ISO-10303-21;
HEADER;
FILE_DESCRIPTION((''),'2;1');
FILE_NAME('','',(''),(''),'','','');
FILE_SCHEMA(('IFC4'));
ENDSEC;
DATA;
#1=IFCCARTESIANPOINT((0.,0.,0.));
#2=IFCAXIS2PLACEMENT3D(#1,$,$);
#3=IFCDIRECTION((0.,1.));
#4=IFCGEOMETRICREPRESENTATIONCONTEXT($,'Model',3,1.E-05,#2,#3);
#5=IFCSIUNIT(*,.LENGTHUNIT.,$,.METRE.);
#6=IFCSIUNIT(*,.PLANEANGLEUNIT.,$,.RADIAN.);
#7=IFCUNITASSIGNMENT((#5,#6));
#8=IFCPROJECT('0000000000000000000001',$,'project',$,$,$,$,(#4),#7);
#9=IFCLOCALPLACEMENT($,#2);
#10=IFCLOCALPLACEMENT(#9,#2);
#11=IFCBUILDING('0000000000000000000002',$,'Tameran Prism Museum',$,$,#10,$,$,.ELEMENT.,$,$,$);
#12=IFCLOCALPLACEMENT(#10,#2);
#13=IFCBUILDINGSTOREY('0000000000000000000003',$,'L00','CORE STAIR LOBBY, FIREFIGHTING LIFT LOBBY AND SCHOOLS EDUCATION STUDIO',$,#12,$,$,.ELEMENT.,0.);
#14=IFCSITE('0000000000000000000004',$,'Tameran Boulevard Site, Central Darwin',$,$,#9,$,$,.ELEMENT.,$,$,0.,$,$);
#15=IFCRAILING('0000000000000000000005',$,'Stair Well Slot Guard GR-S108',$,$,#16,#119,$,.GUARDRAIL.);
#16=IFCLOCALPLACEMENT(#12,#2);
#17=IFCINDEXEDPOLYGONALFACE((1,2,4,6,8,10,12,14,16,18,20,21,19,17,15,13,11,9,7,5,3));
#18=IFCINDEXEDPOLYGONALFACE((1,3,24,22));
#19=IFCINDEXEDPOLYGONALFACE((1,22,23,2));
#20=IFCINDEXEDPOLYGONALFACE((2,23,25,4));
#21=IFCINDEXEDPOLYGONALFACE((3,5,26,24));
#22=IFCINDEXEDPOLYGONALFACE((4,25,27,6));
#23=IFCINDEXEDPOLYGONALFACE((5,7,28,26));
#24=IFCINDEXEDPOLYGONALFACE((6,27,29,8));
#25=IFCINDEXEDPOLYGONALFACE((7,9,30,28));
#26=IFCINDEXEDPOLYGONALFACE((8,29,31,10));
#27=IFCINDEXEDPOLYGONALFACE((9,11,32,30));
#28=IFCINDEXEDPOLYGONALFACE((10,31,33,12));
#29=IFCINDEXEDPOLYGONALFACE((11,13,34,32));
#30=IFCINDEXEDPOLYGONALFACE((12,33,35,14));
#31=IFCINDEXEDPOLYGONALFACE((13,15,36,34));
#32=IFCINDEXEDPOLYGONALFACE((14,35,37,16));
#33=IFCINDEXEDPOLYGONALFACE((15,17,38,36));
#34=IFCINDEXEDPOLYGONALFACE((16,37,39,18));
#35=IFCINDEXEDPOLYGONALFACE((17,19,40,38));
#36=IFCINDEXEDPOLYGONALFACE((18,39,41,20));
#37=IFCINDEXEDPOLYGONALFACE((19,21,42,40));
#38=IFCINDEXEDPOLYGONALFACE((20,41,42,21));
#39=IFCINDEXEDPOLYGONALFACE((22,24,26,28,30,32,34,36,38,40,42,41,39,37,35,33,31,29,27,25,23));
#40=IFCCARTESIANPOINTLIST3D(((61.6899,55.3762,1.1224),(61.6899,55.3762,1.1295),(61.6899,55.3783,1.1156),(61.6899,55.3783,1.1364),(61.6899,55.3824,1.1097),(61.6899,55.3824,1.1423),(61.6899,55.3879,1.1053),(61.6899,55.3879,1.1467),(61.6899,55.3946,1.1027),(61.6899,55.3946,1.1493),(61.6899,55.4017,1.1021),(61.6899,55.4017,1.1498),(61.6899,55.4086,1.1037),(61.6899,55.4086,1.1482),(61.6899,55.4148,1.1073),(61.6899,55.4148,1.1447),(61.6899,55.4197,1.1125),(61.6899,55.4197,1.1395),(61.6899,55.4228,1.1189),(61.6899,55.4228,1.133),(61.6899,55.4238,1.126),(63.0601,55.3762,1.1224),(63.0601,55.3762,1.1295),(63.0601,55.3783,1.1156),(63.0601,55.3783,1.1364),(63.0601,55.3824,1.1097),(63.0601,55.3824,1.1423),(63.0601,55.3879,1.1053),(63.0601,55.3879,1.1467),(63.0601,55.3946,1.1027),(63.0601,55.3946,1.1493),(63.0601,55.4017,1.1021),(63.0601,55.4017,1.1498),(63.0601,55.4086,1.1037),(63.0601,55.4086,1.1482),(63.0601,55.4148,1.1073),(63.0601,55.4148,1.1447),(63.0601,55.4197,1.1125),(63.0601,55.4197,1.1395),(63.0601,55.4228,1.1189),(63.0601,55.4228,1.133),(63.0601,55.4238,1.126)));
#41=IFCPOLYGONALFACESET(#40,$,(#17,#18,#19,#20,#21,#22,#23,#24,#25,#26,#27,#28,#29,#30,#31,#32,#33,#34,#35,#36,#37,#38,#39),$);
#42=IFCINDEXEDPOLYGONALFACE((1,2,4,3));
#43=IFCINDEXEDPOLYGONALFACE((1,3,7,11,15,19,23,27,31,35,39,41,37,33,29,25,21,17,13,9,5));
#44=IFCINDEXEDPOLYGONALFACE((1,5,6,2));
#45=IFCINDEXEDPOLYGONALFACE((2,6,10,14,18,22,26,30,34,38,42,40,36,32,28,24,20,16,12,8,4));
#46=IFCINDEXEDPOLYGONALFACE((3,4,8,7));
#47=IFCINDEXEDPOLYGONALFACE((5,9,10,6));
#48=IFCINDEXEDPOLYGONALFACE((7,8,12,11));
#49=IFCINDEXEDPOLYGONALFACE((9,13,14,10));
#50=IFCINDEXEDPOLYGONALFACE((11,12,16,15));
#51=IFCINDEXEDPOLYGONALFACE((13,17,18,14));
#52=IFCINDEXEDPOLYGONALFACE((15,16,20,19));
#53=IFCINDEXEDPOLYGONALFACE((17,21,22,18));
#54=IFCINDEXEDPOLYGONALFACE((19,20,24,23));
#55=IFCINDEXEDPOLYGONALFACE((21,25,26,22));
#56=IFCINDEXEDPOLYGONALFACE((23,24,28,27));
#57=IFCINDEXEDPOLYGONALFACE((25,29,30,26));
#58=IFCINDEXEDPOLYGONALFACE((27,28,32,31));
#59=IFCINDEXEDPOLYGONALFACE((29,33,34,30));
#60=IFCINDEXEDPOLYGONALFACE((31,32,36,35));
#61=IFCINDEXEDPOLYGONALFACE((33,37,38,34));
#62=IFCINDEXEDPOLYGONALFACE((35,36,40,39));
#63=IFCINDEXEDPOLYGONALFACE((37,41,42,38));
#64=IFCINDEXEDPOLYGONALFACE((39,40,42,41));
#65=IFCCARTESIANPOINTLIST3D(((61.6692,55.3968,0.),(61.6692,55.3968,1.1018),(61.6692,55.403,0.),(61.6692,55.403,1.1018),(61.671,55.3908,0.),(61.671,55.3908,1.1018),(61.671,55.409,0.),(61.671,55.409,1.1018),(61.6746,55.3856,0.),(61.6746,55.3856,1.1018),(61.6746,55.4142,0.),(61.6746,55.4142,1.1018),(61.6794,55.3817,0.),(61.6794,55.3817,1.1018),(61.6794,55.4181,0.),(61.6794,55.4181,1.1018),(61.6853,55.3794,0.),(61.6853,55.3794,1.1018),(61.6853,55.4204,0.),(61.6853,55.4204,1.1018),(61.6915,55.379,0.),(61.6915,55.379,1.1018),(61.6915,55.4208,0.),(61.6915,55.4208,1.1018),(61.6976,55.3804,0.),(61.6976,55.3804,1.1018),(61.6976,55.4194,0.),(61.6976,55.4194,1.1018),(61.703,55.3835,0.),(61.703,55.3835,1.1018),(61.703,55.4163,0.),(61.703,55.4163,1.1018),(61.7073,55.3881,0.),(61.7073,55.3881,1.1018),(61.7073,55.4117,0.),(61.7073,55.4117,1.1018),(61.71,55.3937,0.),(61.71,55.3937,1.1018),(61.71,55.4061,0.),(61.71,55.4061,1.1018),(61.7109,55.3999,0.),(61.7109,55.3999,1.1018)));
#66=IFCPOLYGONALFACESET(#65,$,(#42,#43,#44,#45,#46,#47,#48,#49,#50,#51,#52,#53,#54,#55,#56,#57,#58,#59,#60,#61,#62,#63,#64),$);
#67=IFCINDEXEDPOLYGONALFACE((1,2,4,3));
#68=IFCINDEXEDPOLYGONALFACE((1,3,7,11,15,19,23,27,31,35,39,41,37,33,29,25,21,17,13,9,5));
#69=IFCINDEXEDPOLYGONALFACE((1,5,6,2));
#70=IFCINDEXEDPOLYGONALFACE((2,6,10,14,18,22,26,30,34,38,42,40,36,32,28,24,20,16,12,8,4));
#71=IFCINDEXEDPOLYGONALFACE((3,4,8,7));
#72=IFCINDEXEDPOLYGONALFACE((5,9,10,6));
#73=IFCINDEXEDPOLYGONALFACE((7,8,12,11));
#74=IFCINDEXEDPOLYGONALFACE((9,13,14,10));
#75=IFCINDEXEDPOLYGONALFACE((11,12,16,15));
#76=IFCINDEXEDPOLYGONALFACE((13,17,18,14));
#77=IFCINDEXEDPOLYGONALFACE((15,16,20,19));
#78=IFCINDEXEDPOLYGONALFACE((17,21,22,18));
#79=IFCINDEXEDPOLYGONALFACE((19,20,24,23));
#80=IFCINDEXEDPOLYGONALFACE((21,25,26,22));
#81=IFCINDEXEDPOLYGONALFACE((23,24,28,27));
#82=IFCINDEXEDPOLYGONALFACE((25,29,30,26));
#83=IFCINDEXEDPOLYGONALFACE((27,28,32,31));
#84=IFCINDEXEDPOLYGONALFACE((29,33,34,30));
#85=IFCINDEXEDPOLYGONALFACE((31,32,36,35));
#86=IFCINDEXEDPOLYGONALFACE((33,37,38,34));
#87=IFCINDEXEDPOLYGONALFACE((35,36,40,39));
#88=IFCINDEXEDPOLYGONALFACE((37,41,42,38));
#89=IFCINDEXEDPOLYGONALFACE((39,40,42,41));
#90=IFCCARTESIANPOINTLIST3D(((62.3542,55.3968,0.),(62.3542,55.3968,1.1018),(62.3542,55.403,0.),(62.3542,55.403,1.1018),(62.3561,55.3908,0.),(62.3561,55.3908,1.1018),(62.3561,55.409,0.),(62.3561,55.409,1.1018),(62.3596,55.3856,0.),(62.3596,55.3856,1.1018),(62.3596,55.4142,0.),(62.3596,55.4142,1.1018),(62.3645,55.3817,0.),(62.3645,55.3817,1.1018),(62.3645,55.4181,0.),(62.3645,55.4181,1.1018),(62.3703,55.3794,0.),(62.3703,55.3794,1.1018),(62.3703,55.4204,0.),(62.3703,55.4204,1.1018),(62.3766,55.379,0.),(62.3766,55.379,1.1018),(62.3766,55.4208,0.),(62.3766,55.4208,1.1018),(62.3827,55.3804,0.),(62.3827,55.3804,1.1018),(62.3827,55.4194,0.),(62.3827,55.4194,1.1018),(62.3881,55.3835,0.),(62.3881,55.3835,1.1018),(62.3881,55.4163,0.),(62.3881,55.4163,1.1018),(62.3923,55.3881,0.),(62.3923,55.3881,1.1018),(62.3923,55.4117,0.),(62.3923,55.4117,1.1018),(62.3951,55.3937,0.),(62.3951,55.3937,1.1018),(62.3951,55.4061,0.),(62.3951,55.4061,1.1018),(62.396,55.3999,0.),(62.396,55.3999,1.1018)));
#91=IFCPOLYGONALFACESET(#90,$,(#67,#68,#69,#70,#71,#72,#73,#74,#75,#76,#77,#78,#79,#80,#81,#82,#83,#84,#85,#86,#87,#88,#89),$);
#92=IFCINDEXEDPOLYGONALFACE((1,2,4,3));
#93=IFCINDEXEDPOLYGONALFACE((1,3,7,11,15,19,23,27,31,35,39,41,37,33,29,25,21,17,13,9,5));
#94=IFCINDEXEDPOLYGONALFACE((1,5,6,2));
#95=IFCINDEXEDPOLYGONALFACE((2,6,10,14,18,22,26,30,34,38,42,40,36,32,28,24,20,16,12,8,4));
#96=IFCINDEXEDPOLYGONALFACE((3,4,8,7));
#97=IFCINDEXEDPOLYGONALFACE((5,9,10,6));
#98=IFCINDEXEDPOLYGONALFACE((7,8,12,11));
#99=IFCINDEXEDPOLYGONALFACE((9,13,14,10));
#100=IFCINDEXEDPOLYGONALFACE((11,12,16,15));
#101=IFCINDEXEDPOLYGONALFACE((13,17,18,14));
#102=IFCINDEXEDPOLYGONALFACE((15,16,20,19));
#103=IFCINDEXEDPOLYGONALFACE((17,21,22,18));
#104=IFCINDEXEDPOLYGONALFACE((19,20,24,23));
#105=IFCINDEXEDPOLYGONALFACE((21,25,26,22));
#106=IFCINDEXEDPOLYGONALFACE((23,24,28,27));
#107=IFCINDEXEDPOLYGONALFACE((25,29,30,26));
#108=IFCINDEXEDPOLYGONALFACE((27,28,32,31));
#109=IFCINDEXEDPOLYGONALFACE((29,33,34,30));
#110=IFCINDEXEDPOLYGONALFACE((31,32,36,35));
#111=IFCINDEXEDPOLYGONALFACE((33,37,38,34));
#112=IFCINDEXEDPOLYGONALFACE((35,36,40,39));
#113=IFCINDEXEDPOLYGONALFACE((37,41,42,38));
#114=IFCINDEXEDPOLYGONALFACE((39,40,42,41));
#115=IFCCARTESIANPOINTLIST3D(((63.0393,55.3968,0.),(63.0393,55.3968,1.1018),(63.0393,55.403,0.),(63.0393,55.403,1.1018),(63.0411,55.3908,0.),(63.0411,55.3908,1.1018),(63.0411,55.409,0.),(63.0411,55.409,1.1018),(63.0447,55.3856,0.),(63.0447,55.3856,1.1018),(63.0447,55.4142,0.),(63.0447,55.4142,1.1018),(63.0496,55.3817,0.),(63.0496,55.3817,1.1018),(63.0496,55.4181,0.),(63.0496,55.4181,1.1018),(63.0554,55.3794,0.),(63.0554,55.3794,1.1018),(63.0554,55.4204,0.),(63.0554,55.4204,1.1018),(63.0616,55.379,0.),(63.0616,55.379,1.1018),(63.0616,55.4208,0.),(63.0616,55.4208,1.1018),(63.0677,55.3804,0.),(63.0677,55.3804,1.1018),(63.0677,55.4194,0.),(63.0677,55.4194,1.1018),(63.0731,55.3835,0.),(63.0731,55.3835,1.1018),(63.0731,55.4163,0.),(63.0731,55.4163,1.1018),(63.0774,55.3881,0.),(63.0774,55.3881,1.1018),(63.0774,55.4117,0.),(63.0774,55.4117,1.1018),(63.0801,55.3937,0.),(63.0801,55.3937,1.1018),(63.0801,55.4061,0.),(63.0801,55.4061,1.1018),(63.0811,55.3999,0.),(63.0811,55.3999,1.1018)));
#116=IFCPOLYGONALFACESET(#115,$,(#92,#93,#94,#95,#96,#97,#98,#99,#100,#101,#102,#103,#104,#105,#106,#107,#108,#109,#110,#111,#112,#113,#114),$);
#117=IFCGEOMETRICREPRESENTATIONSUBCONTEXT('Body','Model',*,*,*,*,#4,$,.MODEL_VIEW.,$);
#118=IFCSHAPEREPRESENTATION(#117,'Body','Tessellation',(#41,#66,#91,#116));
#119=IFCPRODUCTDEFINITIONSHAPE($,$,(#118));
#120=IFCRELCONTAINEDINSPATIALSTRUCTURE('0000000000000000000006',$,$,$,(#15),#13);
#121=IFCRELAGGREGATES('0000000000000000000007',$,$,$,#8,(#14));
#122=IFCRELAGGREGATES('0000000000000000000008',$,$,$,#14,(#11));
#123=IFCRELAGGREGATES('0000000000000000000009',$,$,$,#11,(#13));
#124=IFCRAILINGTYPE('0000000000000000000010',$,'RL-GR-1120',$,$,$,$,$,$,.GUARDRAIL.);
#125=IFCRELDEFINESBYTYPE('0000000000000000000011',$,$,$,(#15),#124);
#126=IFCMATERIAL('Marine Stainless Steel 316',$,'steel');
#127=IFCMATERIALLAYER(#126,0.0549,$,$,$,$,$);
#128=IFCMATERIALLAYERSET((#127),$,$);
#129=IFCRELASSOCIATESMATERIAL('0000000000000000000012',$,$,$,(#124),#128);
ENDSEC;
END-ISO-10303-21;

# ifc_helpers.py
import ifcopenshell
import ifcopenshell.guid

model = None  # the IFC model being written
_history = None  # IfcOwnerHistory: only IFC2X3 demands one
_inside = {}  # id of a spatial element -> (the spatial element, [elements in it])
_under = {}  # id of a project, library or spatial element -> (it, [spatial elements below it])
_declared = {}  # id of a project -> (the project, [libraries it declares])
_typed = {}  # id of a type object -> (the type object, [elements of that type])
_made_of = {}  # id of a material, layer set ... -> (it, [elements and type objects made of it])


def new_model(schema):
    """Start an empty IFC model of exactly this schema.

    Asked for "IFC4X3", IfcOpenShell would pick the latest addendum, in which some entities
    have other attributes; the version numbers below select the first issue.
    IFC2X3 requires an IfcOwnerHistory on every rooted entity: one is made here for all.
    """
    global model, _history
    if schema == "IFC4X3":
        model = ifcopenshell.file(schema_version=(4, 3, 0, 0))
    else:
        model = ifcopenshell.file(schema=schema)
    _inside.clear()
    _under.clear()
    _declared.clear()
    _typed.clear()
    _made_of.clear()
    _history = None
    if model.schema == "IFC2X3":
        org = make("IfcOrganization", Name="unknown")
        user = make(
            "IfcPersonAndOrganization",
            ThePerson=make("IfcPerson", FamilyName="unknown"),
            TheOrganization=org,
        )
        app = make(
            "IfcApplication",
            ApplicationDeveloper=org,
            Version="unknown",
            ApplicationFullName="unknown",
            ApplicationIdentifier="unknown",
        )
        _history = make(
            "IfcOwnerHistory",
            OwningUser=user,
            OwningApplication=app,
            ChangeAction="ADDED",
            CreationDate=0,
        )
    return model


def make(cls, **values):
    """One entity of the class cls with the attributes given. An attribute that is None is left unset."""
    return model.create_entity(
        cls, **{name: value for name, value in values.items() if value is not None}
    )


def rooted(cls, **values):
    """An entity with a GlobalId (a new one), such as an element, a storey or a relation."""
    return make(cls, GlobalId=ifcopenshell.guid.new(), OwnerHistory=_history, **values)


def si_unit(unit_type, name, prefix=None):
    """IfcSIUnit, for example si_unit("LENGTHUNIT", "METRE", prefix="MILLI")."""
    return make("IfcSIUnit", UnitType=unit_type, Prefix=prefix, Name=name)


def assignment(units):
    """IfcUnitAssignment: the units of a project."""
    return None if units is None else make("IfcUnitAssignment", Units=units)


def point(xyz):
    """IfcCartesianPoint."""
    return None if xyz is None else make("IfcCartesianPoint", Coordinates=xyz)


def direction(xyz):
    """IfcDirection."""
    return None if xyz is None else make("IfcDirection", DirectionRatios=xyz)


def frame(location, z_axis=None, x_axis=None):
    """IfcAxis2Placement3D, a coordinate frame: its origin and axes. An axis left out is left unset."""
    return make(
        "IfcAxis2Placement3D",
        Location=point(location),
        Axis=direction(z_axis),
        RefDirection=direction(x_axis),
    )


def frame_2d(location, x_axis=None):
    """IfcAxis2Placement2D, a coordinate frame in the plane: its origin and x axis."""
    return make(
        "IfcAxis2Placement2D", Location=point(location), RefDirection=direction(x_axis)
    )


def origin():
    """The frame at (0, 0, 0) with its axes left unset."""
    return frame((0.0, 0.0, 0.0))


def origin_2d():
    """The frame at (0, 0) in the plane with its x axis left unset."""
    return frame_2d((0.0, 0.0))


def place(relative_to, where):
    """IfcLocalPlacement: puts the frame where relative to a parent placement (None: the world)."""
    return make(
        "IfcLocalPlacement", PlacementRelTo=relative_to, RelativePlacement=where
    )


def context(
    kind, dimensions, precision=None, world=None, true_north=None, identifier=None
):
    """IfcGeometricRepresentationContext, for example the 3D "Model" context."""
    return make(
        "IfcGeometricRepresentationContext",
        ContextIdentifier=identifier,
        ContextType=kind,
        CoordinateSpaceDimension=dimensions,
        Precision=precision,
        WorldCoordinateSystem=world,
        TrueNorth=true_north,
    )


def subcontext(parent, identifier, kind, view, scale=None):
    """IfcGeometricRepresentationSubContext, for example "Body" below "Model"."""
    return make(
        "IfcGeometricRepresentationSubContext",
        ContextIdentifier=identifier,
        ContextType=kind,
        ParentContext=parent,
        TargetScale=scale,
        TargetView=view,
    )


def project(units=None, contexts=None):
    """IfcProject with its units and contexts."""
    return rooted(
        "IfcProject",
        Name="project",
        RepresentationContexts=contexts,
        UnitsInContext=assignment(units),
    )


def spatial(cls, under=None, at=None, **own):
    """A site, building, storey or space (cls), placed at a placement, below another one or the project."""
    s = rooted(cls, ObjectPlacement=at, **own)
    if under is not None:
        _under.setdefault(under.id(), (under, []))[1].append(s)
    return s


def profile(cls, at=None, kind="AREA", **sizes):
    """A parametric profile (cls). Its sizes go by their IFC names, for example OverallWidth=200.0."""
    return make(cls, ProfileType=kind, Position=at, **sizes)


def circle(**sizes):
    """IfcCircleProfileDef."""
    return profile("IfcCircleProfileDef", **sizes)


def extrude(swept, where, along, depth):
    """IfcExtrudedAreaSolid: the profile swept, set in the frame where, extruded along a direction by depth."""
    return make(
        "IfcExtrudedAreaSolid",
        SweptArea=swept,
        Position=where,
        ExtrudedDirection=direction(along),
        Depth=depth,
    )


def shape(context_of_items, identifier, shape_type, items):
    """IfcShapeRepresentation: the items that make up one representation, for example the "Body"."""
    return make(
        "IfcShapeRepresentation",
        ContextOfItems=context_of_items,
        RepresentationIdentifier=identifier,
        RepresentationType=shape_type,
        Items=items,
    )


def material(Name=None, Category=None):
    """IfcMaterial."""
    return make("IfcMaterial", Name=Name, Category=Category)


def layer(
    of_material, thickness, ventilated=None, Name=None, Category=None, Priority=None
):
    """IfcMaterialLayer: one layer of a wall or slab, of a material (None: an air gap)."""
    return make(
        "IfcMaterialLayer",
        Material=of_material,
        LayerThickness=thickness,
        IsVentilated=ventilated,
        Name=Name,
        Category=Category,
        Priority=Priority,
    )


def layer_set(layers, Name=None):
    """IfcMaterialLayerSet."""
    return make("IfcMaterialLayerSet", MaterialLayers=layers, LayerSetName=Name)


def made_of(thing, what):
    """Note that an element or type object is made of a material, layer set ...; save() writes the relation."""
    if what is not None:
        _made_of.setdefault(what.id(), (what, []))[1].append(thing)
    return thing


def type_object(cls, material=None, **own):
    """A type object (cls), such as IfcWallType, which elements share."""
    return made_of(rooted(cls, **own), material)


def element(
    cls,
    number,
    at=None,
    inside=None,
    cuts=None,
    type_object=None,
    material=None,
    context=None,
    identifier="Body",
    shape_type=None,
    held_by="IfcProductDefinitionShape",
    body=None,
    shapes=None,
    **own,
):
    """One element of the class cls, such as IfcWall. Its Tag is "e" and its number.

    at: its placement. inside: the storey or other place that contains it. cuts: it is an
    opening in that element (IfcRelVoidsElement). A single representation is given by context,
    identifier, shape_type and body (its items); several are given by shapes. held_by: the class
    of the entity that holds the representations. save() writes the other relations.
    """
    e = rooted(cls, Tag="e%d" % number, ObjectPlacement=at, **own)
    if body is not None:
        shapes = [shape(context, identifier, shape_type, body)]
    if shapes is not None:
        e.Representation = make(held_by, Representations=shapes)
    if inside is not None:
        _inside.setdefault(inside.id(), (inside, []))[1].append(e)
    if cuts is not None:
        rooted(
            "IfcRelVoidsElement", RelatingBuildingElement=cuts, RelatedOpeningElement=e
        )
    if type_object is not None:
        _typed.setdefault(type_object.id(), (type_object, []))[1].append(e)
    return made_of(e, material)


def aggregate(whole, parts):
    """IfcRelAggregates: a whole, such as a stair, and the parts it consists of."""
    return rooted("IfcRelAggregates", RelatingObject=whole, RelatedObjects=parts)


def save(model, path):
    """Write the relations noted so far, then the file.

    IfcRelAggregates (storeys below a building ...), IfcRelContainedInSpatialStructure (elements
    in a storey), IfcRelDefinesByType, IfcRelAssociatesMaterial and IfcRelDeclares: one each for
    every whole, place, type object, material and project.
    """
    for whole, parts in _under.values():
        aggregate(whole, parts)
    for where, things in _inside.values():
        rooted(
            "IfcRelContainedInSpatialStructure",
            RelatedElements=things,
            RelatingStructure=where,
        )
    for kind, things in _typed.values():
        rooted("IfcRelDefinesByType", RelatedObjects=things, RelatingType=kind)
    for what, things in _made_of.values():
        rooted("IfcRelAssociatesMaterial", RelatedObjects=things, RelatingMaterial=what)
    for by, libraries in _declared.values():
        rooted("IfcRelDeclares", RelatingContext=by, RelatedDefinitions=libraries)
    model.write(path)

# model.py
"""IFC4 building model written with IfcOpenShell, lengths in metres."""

from ifc_helpers import new_model, si_unit, direction, frame, origin, origin_2d, place, context, subcontext, project, spatial, circle, extrude, material, layer, layer_set, type_object, element, save


model = new_model("IFC4")

# Units and contexts
model_context = context("Model", 3, precision=1e-05, world=origin(), true_north=direction((0.0, 1.0)))
body_context = subcontext(model_context, "Body", "Model", "MODEL_VIEW")
ifc_project = project(units=[si_unit("LENGTHUNIT", "METRE"), si_unit("PLANEANGLEUNIT", "RADIAN")], contexts=[model_context])

# Site, building, storey
site_placement = place(None, origin())
site = spatial("IfcSite", under=ifc_project, at=site_placement, Name="Tameran Boulevard Site, Central Darwin", CompositionType="ELEMENT", RefElevation=0.0)
building_placement = place(site_placement, origin())
building = spatial("IfcBuilding", under=site, at=building_placement, Name="Tameran Prism Museum", CompositionType="ELEMENT")
storey_placement = place(building_placement, origin())
storey = spatial("IfcBuildingStorey", under=building, at=storey_placement, Name="L00", Description="CORE STAIR LOBBY, FIREFIGHTING LIFT LOBBY AND SCHOOLS EDUCATION STUDIO", CompositionType="ELEMENT", Elevation=0.0)

# Railing
ifc_material_1 = material(Name="Marine Stainless Steel 316", Category="steel")
ifc_layer_1 = layer(ifc_material_1, 0.0549)
ifc_layer_set_1 = layer_set([ifc_layer_1])
railing_type_1 = type_object("IfcRailingType", Name="RL-GR-1120", PredefinedType="GUARDRAIL", material=ifc_layer_set_1)
railing_1_placement = place(storey_placement, frame((61.6899, 55.3999, 0.0)))
element("IfcRailing", 1, at=railing_1_placement, inside=storey, type_object=railing_type_1, Name="Stair Well Slot Guard GR-S108", PredefinedType="GUARDRAIL", context=body_context, shape_type="SweptSolid", body=[
    extrude(circle(Radius=0.0239, at=origin_2d()), frame((0.0, 0.0, 1.126), z_axis=(1.0, 0.0, 0.0), x_axis=(0.0, 1.0, 0.0)), (0.0, 0.0, 1.0), 1.3701),
    extrude(circle(Radius=0.021, at=origin_2d()), origin(), (0.0, 0.0, 1.0), 1.1018),
    extrude(circle(Radius=0.021, at=origin_2d()), frame((0.6851, 0.0, 0.0)), (0.0, 0.0, 1.0), 1.1018),
    extrude(circle(Radius=0.021, at=origin_2d()), frame((1.3701, 0.0, 0.0)), (0.0, 0.0, 1.0), 1.1018),
])

save(model, "model.ifc")
